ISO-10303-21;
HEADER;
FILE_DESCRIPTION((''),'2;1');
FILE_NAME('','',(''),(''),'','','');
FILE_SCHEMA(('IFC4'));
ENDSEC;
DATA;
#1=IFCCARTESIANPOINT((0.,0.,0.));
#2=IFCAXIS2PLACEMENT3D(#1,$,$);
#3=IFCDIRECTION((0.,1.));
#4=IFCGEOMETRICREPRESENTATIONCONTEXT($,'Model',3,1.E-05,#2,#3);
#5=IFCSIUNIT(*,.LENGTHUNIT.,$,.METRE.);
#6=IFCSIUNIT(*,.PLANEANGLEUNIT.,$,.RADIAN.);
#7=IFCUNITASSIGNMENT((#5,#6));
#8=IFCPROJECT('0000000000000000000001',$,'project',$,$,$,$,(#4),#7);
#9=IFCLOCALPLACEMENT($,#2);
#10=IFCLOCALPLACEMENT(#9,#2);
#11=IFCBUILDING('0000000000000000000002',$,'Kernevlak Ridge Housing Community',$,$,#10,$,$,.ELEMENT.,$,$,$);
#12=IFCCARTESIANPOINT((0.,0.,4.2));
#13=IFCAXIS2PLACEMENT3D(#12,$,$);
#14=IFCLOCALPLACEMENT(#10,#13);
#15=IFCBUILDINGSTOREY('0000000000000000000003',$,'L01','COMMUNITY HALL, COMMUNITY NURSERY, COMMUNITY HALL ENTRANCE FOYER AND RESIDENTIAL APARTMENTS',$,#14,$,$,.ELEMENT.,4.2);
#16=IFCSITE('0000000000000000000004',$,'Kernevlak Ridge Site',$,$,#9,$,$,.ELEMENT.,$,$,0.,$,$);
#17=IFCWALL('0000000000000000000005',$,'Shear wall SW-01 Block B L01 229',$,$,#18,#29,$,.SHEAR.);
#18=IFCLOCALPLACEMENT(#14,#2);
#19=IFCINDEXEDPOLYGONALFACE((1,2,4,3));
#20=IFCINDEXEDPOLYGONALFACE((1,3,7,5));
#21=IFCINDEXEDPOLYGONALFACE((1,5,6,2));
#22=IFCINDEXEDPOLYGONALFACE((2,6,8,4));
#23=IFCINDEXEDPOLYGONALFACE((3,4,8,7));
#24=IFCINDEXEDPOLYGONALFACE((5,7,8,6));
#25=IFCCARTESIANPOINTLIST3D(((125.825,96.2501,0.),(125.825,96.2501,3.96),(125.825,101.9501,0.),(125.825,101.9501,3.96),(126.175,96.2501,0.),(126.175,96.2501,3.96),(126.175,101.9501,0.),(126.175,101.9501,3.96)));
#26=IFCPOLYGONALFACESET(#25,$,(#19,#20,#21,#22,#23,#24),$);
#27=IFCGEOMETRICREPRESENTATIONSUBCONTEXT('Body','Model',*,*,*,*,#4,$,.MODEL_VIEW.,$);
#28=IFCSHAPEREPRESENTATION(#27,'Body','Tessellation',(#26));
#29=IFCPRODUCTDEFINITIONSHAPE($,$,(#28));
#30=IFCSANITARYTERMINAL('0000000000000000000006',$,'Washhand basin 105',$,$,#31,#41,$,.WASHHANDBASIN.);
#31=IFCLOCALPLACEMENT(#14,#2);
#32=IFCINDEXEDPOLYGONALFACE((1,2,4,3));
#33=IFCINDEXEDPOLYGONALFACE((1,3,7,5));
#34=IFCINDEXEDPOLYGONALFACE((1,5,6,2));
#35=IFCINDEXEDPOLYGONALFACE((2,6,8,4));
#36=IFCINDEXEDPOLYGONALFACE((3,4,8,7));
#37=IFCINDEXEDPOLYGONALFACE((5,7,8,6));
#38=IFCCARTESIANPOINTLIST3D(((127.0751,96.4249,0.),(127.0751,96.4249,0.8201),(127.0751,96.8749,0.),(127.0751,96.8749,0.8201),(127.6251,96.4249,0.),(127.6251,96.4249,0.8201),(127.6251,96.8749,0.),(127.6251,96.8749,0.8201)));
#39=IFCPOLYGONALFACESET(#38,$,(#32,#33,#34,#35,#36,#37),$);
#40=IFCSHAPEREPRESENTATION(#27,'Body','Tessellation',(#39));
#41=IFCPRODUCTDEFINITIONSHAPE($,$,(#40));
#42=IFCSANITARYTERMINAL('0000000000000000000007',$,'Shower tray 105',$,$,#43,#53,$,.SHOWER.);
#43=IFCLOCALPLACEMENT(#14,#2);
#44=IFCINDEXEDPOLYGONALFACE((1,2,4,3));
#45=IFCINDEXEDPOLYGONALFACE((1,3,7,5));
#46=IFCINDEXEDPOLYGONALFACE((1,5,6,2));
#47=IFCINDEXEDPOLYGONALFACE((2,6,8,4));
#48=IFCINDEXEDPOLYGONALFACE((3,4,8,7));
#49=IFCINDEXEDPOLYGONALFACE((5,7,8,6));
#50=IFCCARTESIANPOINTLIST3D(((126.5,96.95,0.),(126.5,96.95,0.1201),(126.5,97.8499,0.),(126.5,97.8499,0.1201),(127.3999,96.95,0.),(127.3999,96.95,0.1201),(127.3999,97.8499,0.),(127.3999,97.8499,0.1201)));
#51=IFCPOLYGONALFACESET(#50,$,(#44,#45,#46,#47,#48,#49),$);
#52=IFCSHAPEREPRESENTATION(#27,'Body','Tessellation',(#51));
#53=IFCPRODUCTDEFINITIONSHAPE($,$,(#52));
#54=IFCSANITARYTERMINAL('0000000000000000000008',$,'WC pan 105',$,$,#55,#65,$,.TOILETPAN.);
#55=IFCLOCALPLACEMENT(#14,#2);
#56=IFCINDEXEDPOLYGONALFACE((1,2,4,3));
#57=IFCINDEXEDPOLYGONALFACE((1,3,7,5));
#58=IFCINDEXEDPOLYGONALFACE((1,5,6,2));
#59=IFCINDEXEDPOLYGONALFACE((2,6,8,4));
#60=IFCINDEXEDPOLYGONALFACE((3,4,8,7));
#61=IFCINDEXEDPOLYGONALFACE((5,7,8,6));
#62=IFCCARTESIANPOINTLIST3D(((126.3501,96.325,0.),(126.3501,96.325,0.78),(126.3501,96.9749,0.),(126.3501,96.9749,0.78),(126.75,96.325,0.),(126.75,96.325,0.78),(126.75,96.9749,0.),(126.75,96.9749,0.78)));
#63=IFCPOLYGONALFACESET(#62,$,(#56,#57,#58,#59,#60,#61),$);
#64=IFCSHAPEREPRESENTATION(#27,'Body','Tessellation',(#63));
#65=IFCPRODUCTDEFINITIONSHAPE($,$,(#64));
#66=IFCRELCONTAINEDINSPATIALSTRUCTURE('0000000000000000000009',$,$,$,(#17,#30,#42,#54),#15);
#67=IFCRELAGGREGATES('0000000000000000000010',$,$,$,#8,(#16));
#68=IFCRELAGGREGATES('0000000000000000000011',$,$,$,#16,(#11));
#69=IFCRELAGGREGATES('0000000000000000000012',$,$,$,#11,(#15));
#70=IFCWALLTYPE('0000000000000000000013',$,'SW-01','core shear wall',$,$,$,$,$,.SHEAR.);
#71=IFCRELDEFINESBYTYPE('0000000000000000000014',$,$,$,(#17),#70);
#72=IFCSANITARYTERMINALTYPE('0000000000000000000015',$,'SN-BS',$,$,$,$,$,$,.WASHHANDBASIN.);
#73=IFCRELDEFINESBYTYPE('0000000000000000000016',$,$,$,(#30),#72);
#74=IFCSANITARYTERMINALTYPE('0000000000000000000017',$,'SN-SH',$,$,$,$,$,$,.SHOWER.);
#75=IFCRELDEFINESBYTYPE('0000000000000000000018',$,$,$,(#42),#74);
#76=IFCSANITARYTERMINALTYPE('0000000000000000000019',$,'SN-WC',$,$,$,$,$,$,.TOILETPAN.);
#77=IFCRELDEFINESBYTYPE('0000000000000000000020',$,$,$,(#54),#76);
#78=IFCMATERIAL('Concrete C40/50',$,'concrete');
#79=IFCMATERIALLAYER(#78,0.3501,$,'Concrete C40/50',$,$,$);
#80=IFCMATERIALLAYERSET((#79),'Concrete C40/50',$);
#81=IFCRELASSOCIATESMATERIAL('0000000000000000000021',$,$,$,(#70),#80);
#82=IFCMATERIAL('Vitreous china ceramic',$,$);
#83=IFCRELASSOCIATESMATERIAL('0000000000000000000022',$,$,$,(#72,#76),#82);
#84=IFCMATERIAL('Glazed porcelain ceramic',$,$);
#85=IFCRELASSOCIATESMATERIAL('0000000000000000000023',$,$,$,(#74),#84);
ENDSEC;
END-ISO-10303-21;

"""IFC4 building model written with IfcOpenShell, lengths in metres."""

from ifc_helpers import new_model, si_unit, direction, frame, frame_2d, origin, origin_2d, place, context, subcontext, project, spatial, rectangle, extrude, material, layer, layer_set, type_object, element, save


model = new_model("IFC4")

# Units and contexts
model_context = context("Model", 3, precision=1e-05, world=origin(), true_north=direction((0.0, 1.0)))
body_context = subcontext(model_context, "Body", "Model", "MODEL_VIEW")
ifc_project = project(units=[si_unit("LENGTHUNIT", "METRE"), si_unit("PLANEANGLEUNIT", "RADIAN")], contexts=[model_context])

# Site, building, storey
site_placement = place(None, origin())
site = spatial("IfcSite", under=ifc_project, at=site_placement, Name="Kernevlak Ridge Site", CompositionType="ELEMENT", RefElevation=0.0)
building_placement = place(site_placement, origin())
building = spatial("IfcBuilding", under=site, at=building_placement, Name="Kernevlak Ridge Housing Community", CompositionType="ELEMENT")
storey_placement = place(building_placement, frame((0.0, 0.0, 4.2)))
storey = spatial("IfcBuildingStorey", under=building, at=storey_placement, Name="L01", Description="COMMUNITY HALL, COMMUNITY NURSERY, COMMUNITY HALL ENTRANCE FOYER AND RESIDENTIAL APARTMENTS", CompositionType="ELEMENT", Elevation=4.2)

# Shared definitions
ifc_material_1 = material(Name="Concrete C40/50", Category="concrete")

# Wall
ifc_layer_1 = layer(ifc_material_1, 0.3501, Name="Concrete C40/50")
ifc_layer_set_1 = layer_set([ifc_layer_1], Name="Concrete C40/50")
wall_type_1 = type_object("IfcWallType", Name="SW-01", Description="core shear wall", PredefinedType="SHEAR", material=ifc_layer_set_1)
wall_1_placement = place(storey_placement, frame((126.0, 96.25, 0.0), z_axis=(0.0, 0.0, 1.0), x_axis=(0.0, 1.0, 0.0)))
element("IfcWall", 1, at=wall_1_placement, inside=storey, type_object=wall_type_1, Name="Shear wall SW-01 Block B L01 229", PredefinedType="SHEAR", context=body_context, shape_type="SweptSolid", body=[
    extrude(rectangle(XDim=5.7, YDim=0.3501, at=frame_2d((2.8501, 0.0))), origin(), (0.0, 0.0, 1.0), 3.96),
])

# Sanitary terminals
ifc_material_2 = material(Name="Vitreous china ceramic")
sanitary_terminal_type_1 = type_object("IfcSanitaryTerminalType", Name="SN-BS", PredefinedType="WASHHANDBASIN", material=ifc_material_2)
sanitary_terminal_1_placement = place(storey_placement, frame((127.3501, 96.6499, 0.0), z_axis=(0.0, 0.0, 1.0), x_axis=(1.0, 0.0, 0.0)))
element("IfcSanitaryTerminal", 2, at=sanitary_terminal_1_placement, inside=storey, type_object=sanitary_terminal_type_1, Name="Washhand basin 105", PredefinedType="WASHHANDBASIN", context=body_context, shape_type="SweptSolid", body=[
    extrude(rectangle(XDim=0.55, YDim=0.45, at=origin_2d()), origin(), (0.0, 0.0, 1.0), 0.8201),
])
ifc_material_3 = material(Name="Glazed porcelain ceramic")
sanitary_terminal_type_2 = type_object("IfcSanitaryTerminalType", Name="SN-SH", PredefinedType="SHOWER", material=ifc_material_3)
sanitary_terminal_2_placement = place(storey_placement, frame((126.95, 97.3999, 0.0), z_axis=(0.0, 0.0, 1.0), x_axis=(1.0, 0.0, 0.0)))
element("IfcSanitaryTerminal", 3, at=sanitary_terminal_2_placement, inside=storey, type_object=sanitary_terminal_type_2, Name="Shower tray 105", PredefinedType="SHOWER", context=body_context, shape_type="SweptSolid", body=[
    extrude(rectangle(XDim=0.8999, YDim=0.8999, at=origin_2d()), origin(), (0.0, 0.0, 1.0), 0.1201),
])
sanitary_terminal_type_3 = type_object("IfcSanitaryTerminalType", Name="SN-WC", PredefinedType="TOILETPAN", material=ifc_material_2)
sanitary_terminal_3_placement = place(storey_placement, frame((126.55, 96.6499, 0.0), z_axis=(0.0, 0.0, 1.0), x_axis=(1.0, 0.0, 0.0)))
element("IfcSanitaryTerminal", 4, at=sanitary_terminal_3_placement, inside=storey, type_object=sanitary_terminal_type_3, Name="WC pan 105", PredefinedType="TOILETPAN", context=body_context, shape_type="SweptSolid", body=[
    extrude(rectangle(XDim=0.3999, YDim=0.6499, at=origin_2d()), origin(), (0.0, 0.0, 1.0), 0.78),
])

save(model, "model.ifc")
